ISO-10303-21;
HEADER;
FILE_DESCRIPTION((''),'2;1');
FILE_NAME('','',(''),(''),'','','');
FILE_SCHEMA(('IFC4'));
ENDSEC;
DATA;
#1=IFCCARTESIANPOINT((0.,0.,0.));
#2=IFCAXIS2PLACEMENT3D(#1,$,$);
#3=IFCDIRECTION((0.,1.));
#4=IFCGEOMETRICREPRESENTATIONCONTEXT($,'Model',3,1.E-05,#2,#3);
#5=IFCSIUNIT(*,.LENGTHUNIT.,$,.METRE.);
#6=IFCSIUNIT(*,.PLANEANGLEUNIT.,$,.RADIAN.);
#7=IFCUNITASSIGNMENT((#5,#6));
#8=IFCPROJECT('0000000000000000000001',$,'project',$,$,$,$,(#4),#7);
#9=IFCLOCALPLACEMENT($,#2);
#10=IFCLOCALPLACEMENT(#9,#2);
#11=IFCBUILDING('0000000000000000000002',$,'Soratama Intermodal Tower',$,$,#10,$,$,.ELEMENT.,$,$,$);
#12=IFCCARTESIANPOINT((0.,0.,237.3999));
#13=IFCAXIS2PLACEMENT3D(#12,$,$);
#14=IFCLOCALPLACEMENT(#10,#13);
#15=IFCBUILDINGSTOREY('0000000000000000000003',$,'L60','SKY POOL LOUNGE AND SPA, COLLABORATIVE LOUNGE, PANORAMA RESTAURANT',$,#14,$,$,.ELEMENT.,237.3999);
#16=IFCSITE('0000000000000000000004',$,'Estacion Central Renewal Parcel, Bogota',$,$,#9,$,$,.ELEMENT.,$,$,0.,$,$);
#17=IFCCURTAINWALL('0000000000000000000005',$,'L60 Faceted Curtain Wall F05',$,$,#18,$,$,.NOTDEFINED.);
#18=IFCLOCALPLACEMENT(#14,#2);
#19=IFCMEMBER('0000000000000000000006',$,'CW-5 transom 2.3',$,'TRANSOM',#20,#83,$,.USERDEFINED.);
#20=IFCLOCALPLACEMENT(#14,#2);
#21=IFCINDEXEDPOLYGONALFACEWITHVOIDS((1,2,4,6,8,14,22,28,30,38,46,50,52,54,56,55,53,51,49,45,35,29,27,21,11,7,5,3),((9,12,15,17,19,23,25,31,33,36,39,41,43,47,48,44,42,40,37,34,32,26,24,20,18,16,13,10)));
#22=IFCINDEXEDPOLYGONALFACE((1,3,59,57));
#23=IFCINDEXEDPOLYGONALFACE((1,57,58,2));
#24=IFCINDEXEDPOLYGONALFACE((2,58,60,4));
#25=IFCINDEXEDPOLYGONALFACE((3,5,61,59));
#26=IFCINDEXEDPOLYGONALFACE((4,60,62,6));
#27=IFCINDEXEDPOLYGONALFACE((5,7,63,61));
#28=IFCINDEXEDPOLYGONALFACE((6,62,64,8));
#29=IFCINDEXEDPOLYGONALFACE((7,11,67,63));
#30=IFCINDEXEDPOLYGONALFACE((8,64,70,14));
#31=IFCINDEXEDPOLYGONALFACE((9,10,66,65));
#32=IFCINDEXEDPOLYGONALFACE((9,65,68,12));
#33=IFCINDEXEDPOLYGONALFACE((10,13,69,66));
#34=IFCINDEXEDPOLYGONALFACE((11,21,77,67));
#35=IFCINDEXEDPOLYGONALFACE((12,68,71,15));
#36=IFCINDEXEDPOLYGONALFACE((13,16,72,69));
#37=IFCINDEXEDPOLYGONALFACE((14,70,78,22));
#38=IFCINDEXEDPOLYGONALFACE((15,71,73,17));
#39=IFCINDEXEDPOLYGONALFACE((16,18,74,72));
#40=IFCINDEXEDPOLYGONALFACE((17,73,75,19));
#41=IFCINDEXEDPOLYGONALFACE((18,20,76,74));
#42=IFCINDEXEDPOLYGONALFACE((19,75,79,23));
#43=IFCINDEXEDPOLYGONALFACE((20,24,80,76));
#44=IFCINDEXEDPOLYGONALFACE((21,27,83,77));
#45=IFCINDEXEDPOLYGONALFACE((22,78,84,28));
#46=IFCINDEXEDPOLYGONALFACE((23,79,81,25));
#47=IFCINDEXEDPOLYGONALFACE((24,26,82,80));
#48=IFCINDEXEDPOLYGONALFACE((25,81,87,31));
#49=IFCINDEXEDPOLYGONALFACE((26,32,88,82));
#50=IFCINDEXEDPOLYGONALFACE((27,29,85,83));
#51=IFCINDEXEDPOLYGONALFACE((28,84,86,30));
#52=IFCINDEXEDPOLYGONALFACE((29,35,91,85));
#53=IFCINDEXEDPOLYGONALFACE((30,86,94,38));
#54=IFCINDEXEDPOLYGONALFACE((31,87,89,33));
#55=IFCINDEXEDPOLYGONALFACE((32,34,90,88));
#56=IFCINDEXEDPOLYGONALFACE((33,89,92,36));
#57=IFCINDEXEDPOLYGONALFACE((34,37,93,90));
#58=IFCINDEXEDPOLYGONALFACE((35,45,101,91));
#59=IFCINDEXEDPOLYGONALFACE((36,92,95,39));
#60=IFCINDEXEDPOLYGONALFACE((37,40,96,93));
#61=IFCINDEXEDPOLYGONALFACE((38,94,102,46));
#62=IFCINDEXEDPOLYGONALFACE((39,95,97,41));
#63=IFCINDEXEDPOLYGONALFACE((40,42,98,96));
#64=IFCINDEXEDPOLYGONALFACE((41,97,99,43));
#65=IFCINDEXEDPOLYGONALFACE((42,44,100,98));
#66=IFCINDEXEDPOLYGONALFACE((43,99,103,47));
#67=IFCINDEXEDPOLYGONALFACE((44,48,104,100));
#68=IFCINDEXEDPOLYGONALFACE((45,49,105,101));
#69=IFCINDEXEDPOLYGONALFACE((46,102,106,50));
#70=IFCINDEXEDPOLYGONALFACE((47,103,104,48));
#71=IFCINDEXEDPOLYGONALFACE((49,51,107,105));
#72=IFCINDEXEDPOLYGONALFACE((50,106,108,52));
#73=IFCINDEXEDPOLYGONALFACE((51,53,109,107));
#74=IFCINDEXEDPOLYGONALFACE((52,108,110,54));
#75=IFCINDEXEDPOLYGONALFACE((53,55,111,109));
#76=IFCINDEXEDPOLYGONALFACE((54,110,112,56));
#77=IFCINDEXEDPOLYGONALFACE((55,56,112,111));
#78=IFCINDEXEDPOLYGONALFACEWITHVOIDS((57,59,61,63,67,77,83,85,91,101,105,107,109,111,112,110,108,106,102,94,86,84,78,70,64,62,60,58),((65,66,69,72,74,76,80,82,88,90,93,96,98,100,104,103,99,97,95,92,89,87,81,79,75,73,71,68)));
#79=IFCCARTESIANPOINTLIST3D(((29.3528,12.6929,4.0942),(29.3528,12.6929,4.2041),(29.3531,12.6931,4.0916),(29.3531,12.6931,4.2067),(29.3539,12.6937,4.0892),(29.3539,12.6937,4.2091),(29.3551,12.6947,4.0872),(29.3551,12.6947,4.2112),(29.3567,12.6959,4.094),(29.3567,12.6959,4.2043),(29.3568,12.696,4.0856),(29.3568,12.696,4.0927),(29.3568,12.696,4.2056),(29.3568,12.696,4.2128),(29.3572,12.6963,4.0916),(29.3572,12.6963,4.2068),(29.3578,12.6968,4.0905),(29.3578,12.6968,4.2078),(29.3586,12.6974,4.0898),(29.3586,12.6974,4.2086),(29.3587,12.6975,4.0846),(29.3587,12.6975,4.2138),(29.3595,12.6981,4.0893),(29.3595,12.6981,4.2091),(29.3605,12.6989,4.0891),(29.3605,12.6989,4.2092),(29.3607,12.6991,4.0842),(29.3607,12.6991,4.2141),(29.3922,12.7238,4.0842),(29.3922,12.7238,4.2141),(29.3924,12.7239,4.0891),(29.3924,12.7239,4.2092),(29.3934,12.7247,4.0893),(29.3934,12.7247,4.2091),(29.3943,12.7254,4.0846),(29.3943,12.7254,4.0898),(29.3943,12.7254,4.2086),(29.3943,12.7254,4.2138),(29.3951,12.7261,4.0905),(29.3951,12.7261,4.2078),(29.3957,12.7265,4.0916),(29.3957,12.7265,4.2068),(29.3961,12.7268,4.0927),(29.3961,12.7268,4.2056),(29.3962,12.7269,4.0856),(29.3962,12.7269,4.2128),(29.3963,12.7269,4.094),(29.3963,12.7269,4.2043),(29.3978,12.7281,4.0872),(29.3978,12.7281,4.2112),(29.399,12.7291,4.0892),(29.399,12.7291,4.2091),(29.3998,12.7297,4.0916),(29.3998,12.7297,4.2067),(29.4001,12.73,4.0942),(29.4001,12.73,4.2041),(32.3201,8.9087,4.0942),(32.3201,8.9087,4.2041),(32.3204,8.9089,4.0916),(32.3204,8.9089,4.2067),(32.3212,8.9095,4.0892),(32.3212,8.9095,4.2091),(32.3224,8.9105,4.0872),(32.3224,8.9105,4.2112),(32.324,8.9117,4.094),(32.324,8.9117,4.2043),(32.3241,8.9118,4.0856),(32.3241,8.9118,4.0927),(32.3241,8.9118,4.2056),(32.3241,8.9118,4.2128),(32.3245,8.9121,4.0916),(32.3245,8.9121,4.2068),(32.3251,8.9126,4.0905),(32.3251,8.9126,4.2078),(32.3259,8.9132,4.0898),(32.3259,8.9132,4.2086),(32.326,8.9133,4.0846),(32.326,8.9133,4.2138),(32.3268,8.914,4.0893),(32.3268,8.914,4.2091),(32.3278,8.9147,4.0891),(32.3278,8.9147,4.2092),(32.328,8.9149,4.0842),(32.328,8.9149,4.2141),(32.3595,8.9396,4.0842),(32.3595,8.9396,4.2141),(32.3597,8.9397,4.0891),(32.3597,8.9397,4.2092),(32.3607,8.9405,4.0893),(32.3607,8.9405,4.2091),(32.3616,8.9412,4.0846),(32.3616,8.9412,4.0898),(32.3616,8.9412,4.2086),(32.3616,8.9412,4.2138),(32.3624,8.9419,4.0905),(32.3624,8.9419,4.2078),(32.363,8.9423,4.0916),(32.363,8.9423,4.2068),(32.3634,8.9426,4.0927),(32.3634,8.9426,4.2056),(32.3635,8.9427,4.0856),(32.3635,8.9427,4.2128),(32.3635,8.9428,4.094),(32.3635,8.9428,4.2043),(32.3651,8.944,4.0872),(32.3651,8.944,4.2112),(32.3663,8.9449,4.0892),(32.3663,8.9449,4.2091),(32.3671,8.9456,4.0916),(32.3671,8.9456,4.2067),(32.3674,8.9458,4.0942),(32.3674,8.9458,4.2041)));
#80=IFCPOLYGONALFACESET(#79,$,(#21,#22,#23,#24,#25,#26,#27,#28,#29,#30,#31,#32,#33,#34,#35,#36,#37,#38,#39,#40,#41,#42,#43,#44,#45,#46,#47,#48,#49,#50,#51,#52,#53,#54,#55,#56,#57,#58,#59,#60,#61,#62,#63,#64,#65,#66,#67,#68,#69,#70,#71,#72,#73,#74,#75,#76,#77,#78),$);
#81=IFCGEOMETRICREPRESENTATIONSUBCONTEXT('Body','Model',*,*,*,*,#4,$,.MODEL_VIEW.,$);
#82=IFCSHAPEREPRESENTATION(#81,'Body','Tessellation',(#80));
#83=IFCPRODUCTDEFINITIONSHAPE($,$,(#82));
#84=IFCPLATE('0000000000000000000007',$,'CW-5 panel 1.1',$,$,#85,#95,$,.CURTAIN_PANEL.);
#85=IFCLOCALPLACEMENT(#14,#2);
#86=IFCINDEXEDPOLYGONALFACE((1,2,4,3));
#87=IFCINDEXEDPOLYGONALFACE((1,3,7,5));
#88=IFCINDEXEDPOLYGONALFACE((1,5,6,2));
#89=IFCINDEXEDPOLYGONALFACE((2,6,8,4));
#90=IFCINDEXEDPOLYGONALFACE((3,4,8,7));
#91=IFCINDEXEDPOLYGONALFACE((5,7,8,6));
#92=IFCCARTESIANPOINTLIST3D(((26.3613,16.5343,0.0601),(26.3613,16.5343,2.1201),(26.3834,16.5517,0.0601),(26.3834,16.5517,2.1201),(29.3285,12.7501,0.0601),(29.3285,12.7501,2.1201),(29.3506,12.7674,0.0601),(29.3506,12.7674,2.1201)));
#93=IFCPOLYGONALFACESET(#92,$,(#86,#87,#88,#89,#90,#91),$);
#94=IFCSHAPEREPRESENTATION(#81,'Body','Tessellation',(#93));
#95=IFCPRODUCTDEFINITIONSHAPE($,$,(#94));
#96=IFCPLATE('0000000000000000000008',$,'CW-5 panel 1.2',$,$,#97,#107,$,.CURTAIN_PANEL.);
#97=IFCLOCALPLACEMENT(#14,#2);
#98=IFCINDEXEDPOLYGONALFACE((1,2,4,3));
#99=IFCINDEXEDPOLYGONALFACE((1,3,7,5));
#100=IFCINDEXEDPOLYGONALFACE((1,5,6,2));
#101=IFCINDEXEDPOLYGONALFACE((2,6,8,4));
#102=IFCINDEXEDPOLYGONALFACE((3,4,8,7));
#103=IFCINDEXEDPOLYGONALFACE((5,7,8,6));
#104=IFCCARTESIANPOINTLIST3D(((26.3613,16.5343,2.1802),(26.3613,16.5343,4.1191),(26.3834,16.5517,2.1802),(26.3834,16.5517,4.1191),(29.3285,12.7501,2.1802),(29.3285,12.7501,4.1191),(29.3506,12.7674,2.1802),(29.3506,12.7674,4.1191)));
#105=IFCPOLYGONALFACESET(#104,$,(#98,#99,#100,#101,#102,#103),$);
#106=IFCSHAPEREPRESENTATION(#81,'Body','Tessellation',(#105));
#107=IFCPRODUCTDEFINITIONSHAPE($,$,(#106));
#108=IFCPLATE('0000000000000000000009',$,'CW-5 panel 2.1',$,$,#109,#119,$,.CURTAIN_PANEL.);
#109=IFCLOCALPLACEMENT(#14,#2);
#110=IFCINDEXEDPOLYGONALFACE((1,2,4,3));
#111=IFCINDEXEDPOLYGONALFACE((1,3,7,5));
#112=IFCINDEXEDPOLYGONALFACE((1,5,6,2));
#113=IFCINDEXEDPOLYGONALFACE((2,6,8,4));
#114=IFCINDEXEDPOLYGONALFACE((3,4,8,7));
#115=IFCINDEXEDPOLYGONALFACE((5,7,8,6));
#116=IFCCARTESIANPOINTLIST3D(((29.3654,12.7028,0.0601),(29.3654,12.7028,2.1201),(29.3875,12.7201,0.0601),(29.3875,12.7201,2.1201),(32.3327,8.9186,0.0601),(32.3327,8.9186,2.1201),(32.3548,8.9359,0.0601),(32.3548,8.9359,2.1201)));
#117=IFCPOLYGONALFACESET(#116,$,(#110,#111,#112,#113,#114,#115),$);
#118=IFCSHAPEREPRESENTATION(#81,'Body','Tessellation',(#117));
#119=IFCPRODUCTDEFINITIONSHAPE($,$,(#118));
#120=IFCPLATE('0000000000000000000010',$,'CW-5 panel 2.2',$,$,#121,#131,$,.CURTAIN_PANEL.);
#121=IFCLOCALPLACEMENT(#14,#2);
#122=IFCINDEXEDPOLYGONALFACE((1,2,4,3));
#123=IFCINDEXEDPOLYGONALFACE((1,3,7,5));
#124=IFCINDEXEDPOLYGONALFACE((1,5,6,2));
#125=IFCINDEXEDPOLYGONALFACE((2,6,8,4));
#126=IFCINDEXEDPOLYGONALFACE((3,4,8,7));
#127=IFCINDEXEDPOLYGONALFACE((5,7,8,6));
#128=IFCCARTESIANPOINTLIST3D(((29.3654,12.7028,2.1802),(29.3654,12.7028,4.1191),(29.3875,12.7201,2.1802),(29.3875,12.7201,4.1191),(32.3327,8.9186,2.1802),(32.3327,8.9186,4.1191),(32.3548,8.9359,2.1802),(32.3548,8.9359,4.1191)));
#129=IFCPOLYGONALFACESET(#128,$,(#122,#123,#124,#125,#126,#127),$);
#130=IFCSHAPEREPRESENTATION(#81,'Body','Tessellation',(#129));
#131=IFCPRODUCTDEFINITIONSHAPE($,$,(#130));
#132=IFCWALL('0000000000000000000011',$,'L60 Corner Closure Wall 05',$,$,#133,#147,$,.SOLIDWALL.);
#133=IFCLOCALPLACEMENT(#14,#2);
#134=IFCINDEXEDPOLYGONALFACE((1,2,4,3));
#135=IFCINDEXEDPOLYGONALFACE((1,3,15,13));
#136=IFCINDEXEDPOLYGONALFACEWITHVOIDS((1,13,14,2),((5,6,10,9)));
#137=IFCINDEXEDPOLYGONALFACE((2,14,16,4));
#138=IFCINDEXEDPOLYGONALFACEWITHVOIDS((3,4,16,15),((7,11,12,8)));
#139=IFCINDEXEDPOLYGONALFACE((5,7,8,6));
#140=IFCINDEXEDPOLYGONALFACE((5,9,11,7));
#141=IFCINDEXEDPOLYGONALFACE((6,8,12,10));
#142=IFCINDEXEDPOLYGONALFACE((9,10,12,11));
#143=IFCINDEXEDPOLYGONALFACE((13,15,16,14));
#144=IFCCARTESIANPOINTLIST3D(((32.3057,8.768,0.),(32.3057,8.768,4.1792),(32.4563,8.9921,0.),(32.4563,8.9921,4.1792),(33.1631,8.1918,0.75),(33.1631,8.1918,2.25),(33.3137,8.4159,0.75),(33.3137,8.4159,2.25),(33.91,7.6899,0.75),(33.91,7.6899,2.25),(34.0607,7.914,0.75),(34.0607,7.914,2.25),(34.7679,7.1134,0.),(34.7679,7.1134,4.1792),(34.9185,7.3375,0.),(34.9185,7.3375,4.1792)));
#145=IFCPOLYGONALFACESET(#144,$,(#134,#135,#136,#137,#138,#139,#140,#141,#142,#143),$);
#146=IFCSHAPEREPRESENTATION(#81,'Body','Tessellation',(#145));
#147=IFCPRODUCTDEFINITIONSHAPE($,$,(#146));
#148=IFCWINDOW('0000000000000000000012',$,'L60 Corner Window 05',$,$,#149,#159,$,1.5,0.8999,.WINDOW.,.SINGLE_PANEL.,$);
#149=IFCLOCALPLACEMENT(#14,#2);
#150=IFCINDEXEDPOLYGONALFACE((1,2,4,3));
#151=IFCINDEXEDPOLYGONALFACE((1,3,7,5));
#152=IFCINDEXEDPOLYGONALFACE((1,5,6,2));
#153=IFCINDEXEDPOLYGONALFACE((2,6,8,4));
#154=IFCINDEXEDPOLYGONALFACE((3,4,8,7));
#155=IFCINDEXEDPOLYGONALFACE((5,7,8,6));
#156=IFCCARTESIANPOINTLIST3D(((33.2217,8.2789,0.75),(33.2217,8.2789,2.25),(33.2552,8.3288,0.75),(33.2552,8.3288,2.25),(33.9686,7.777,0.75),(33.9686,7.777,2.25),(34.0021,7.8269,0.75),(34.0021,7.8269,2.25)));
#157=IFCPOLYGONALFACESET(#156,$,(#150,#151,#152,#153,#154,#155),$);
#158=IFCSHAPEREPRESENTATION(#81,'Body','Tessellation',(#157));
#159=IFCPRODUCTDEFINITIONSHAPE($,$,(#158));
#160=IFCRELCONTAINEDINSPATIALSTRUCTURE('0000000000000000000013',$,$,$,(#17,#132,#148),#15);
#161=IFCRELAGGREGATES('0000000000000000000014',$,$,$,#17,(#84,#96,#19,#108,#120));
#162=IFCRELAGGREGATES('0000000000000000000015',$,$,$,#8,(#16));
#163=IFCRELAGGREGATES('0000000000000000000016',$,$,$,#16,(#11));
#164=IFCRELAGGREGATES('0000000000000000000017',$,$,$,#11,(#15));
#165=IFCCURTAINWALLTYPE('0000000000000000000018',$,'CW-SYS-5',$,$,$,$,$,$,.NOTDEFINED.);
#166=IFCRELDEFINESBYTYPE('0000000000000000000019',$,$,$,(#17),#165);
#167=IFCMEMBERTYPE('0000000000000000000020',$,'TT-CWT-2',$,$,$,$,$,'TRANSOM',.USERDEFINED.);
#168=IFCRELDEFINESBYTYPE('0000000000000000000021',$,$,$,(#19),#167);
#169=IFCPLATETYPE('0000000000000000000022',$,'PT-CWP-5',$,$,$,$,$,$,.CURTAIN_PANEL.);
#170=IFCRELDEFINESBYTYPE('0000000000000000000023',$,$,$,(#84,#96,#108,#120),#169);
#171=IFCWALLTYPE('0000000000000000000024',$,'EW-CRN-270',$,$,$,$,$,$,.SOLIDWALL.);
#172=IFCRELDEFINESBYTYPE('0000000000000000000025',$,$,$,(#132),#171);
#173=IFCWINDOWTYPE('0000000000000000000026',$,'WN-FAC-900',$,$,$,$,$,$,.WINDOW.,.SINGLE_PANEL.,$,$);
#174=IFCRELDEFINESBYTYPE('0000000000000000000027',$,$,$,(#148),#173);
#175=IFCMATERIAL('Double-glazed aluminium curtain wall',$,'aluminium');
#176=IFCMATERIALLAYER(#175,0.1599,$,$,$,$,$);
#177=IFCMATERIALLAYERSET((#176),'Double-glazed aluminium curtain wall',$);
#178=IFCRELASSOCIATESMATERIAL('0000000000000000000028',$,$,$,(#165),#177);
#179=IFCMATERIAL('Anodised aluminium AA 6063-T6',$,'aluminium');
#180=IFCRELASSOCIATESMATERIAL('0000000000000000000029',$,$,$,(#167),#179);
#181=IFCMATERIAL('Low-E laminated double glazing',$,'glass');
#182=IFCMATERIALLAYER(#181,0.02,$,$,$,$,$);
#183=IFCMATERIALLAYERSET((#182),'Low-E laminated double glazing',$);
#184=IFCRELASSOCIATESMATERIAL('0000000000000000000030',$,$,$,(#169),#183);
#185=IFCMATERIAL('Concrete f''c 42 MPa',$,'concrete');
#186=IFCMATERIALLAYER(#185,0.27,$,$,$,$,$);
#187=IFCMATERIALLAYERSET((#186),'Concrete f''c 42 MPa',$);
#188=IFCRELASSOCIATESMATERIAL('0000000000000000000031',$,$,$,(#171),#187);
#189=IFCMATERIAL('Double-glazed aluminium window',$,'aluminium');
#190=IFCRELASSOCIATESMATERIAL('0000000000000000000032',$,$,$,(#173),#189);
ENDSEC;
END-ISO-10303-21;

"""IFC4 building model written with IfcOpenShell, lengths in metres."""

from ifc_helpers import new_model, si_unit, direction, frame, frame_2d, origin, origin_2d, place, context, subcontext, project, spatial, rectangle, hollow_rectangle, extrude, material, layer, layer_set, material_profile, profile_set, type_object, element, fill, aggregate, save


model = new_model("IFC4")

# Units and contexts
model_context = context("Model", 3, precision=1e-05, world=origin(), true_north=direction((0.0, 1.0)))
body_context = subcontext(model_context, "Body", "Model", "MODEL_VIEW")
ifc_project = project(units=[si_unit("LENGTHUNIT", "METRE"), si_unit("PLANEANGLEUNIT", "RADIAN")], contexts=[model_context])

# Site, building, storey
site_placement = place(None, origin())
site = spatial("IfcSite", under=ifc_project, at=site_placement, Name="Estacion Central Renewal Parcel, Bogota", CompositionType="ELEMENT", RefElevation=0.0)
building_placement = place(site_placement, origin())
building = spatial("IfcBuilding", under=site, at=building_placement, Name="Soratama Intermodal Tower", CompositionType="ELEMENT")
storey_placement = place(building_placement, frame((0.0, 0.0, 237.3999)))
storey = spatial("IfcBuildingStorey", under=building, at=storey_placement, Name="L60", Description="SKY POOL LOUNGE AND SPA, COLLABORATIVE LOUNGE, PANORAMA RESTAURANT", CompositionType="ELEMENT", Elevation=237.3999)

# Curtain wall, member, plates
ifc_material_1 = material(Name="Double-glazed aluminium curtain wall", Category="aluminium")
ifc_layer_1 = layer(ifc_material_1, 0.1599)
ifc_layer_set_1 = layer_set([ifc_layer_1], Name="Double-glazed aluminium curtain wall")
curtain_wall_type = type_object("IfcCurtainWallType", Name="CW-SYS-5", PredefinedType="NOTDEFINED", material=ifc_layer_set_1)
curtain_wall_placement = place(storey_placement, origin())
curtain_wall = element("IfcCurtainWall", 1, at=curtain_wall_placement, inside=storey, type_object=curtain_wall_type, Name="L60 Faceted Curtain Wall F05", PredefinedType="NOTDEFINED")
ifc_material_2 = material(Name="Anodised aluminium AA 6063-T6", Category="aluminium")
ifc_material_profile_1 = material_profile(ifc_material_2, hollow_rectangle(XDim=0.0601, YDim=0.1299, WallThickness=0.0049, InnerFilletRadius=0.0049, OuterFilletRadius=0.01, at=origin_2d()), Name="CWT130X60X5")
ifc_profile_set_1 = profile_set([ifc_material_profile_1], Name="Anodised aluminium AA 6063-T6")
member_type_1 = type_object("IfcMemberType", Name="TT-CWT-2", ElementType="TRANSOM", PredefinedType="USERDEFINED", material=ifc_profile_set_1)
member_1_placement = place(storey_placement, frame((29.3765, 12.7114, 4.1492), z_axis=(0.61705, -0.786924, 0.0), x_axis=(0.786924, 0.61705, 0.0)))
member_1 = element("IfcMember", 2, at=member_1_placement, type_object=member_type_1, Name="CW-5 transom 2.3", ObjectType="TRANSOM", PredefinedType="USERDEFINED", context=body_context, shape_type="SweptSolid", body=[
    extrude(hollow_rectangle(XDim=0.0601, YDim=0.1299, WallThickness=0.0049, InnerFilletRadius=0.0049, OuterFilletRadius=0.01, at=origin_2d()), origin(), (0.0, 0.0, 1.0), 4.8088),
])
ifc_material_3 = material(Name="Low-E laminated double glazing", Category="glass")
ifc_layer_2 = layer(ifc_material_3, 0.02)
ifc_layer_set_2 = layer_set([ifc_layer_2], Name="Low-E laminated double glazing")
plate_type = type_object("IfcPlateType", Name="PT-CWP-5", PredefinedType="CURTAIN_PANEL", material=ifc_layer_set_2)
plate_1_placement = place(storey_placement, frame((27.856, 14.6509, 0.0601), z_axis=(0.0, 0.0, 1.0), x_axis=(0.617036, -0.786935, 0.0)))
plate_1 = element("IfcPlate", 3, at=plate_1_placement, type_object=plate_type, Name="CW-5 panel 1.1", PredefinedType="CURTAIN_PANEL", context=body_context, shape_type="SweptSolid", body=[
    extrude(rectangle(XDim=4.8088, YDim=0.0281, at=origin_2d()), origin(), (0.0, 0.0, 1.0), 2.0601),
])
plate_2_placement = place(storey_placement, frame((27.856, 14.6509, 2.1802), z_axis=(0.0, 0.0, 1.0), x_axis=(0.617036, -0.786935, 0.0)))
plate_2 = element("IfcPlate", 4, at=plate_2_placement, type_object=plate_type, Name="CW-5 panel 1.2", PredefinedType="CURTAIN_PANEL", context=body_context, shape_type="SweptSolid", body=[
    extrude(rectangle(XDim=4.8088, YDim=0.0281, at=origin_2d()), origin(), (0.0, 0.0, 1.0), 1.939),
])
plate_3_placement = place(storey_placement, frame((30.8601, 10.8193, 0.0601), z_axis=(0.0, 0.0, 1.0), x_axis=(0.617036, -0.786935, 0.0)))
plate_3 = element("IfcPlate", 5, at=plate_3_placement, type_object=plate_type, Name="CW-5 panel 2.1", PredefinedType="CURTAIN_PANEL", context=body_context, shape_type="SweptSolid", body=[
    extrude(rectangle(XDim=4.8088, YDim=0.0281, at=origin_2d()), origin(), (0.0, 0.0, 1.0), 2.0601),
])
plate_4_placement = place(storey_placement, frame((30.8601, 10.8193, 2.1802), z_axis=(0.0, 0.0, 1.0), x_axis=(0.617036, -0.786935, 0.0)))
plate_4 = element("IfcPlate", 6, at=plate_4_placement, type_object=plate_type, Name="CW-5 panel 2.2", PredefinedType="CURTAIN_PANEL", context=body_context, shape_type="SweptSolid", body=[
    extrude(rectangle(XDim=4.8088, YDim=0.0281, at=origin_2d()), origin(), (0.0, 0.0, 1.0), 1.939),
])
aggregate(curtain_wall, [plate_1, plate_2, member_1, plate_3, plate_4])

# Wall, opening, window
ifc_material_4 = material(Name="Concrete f'c 42 MPa", Category="concrete")
ifc_layer_3 = layer(ifc_material_4, 0.27)
ifc_layer_set_3 = layer_set([ifc_layer_3], Name="Concrete f'c 42 MPa")
wall_type_1 = type_object("IfcWallType", Name="EW-CRN-270", PredefinedType="SOLIDWALL", material=ifc_layer_set_3)
wall_1_placement = place(storey_placement, frame((32.3809, 8.8801, 0.0), z_axis=(0.0, 0.0, 1.0), x_axis=(0.830006, -0.557754, 0.0)))
wall_1 = element("IfcWall", 7, at=wall_1_placement, inside=storey, type_object=wall_type_1, Name="L60 Corner Closure Wall 05", PredefinedType="SOLIDWALL", context=body_context, shape_type="SweptSolid", body=[
    extrude(rectangle(XDim=2.9666, YDim=0.27, at=frame_2d((1.4834, 0.0))), origin(), (0.0, 0.0, 1.0), 4.1792),
])
opening_1_placement = place(wall_1_placement, frame((1.0332, 0.0, 0.75)))
opening_1 = element("IfcOpeningElement", 8, at=opening_1_placement, cuts=wall_1, PredefinedType="OPENING", context=body_context, shape_type="SweptSolid", body=[
    extrude(rectangle(XDim=0.8999, YDim=1.5, at=frame_2d((0.45, 0.75))), frame((0.0, 0.145, 0.0), z_axis=(0.0, -1.0, 0.0), x_axis=(1.0, 0.0, 0.0)), (0.0, 0.0, 1.0), 0.29),
])
ifc_material_5 = material(Name="Double-glazed aluminium window", Category="aluminium")
window_type = type_object("IfcWindowType", Name="WN-FAC-900", PartitioningType="SINGLE_PANEL", PredefinedType="WINDOW", material=ifc_material_5)
window_placement = place(opening_1_placement, origin())
window = element("IfcWindow", 9, at=window_placement, inside=storey, type_object=window_type, Name="L60 Corner Window 05", OverallHeight=1.5, OverallWidth=0.8999, PartitioningType="SINGLE_PANEL", PredefinedType="WINDOW", context=body_context, shape_type="SweptSolid", body=[
    extrude(rectangle(XDim=0.8999, YDim=1.5, at=frame_2d((0.45, 0.75))), frame((0.0, 0.03, 0.0), z_axis=(0.0, -1.0, 0.0), x_axis=(1.0, 0.0, 0.0)), (0.0, 0.0, 1.0), 0.0601),
])
fill(opening_1, window)

save(model, "model.ifc")
